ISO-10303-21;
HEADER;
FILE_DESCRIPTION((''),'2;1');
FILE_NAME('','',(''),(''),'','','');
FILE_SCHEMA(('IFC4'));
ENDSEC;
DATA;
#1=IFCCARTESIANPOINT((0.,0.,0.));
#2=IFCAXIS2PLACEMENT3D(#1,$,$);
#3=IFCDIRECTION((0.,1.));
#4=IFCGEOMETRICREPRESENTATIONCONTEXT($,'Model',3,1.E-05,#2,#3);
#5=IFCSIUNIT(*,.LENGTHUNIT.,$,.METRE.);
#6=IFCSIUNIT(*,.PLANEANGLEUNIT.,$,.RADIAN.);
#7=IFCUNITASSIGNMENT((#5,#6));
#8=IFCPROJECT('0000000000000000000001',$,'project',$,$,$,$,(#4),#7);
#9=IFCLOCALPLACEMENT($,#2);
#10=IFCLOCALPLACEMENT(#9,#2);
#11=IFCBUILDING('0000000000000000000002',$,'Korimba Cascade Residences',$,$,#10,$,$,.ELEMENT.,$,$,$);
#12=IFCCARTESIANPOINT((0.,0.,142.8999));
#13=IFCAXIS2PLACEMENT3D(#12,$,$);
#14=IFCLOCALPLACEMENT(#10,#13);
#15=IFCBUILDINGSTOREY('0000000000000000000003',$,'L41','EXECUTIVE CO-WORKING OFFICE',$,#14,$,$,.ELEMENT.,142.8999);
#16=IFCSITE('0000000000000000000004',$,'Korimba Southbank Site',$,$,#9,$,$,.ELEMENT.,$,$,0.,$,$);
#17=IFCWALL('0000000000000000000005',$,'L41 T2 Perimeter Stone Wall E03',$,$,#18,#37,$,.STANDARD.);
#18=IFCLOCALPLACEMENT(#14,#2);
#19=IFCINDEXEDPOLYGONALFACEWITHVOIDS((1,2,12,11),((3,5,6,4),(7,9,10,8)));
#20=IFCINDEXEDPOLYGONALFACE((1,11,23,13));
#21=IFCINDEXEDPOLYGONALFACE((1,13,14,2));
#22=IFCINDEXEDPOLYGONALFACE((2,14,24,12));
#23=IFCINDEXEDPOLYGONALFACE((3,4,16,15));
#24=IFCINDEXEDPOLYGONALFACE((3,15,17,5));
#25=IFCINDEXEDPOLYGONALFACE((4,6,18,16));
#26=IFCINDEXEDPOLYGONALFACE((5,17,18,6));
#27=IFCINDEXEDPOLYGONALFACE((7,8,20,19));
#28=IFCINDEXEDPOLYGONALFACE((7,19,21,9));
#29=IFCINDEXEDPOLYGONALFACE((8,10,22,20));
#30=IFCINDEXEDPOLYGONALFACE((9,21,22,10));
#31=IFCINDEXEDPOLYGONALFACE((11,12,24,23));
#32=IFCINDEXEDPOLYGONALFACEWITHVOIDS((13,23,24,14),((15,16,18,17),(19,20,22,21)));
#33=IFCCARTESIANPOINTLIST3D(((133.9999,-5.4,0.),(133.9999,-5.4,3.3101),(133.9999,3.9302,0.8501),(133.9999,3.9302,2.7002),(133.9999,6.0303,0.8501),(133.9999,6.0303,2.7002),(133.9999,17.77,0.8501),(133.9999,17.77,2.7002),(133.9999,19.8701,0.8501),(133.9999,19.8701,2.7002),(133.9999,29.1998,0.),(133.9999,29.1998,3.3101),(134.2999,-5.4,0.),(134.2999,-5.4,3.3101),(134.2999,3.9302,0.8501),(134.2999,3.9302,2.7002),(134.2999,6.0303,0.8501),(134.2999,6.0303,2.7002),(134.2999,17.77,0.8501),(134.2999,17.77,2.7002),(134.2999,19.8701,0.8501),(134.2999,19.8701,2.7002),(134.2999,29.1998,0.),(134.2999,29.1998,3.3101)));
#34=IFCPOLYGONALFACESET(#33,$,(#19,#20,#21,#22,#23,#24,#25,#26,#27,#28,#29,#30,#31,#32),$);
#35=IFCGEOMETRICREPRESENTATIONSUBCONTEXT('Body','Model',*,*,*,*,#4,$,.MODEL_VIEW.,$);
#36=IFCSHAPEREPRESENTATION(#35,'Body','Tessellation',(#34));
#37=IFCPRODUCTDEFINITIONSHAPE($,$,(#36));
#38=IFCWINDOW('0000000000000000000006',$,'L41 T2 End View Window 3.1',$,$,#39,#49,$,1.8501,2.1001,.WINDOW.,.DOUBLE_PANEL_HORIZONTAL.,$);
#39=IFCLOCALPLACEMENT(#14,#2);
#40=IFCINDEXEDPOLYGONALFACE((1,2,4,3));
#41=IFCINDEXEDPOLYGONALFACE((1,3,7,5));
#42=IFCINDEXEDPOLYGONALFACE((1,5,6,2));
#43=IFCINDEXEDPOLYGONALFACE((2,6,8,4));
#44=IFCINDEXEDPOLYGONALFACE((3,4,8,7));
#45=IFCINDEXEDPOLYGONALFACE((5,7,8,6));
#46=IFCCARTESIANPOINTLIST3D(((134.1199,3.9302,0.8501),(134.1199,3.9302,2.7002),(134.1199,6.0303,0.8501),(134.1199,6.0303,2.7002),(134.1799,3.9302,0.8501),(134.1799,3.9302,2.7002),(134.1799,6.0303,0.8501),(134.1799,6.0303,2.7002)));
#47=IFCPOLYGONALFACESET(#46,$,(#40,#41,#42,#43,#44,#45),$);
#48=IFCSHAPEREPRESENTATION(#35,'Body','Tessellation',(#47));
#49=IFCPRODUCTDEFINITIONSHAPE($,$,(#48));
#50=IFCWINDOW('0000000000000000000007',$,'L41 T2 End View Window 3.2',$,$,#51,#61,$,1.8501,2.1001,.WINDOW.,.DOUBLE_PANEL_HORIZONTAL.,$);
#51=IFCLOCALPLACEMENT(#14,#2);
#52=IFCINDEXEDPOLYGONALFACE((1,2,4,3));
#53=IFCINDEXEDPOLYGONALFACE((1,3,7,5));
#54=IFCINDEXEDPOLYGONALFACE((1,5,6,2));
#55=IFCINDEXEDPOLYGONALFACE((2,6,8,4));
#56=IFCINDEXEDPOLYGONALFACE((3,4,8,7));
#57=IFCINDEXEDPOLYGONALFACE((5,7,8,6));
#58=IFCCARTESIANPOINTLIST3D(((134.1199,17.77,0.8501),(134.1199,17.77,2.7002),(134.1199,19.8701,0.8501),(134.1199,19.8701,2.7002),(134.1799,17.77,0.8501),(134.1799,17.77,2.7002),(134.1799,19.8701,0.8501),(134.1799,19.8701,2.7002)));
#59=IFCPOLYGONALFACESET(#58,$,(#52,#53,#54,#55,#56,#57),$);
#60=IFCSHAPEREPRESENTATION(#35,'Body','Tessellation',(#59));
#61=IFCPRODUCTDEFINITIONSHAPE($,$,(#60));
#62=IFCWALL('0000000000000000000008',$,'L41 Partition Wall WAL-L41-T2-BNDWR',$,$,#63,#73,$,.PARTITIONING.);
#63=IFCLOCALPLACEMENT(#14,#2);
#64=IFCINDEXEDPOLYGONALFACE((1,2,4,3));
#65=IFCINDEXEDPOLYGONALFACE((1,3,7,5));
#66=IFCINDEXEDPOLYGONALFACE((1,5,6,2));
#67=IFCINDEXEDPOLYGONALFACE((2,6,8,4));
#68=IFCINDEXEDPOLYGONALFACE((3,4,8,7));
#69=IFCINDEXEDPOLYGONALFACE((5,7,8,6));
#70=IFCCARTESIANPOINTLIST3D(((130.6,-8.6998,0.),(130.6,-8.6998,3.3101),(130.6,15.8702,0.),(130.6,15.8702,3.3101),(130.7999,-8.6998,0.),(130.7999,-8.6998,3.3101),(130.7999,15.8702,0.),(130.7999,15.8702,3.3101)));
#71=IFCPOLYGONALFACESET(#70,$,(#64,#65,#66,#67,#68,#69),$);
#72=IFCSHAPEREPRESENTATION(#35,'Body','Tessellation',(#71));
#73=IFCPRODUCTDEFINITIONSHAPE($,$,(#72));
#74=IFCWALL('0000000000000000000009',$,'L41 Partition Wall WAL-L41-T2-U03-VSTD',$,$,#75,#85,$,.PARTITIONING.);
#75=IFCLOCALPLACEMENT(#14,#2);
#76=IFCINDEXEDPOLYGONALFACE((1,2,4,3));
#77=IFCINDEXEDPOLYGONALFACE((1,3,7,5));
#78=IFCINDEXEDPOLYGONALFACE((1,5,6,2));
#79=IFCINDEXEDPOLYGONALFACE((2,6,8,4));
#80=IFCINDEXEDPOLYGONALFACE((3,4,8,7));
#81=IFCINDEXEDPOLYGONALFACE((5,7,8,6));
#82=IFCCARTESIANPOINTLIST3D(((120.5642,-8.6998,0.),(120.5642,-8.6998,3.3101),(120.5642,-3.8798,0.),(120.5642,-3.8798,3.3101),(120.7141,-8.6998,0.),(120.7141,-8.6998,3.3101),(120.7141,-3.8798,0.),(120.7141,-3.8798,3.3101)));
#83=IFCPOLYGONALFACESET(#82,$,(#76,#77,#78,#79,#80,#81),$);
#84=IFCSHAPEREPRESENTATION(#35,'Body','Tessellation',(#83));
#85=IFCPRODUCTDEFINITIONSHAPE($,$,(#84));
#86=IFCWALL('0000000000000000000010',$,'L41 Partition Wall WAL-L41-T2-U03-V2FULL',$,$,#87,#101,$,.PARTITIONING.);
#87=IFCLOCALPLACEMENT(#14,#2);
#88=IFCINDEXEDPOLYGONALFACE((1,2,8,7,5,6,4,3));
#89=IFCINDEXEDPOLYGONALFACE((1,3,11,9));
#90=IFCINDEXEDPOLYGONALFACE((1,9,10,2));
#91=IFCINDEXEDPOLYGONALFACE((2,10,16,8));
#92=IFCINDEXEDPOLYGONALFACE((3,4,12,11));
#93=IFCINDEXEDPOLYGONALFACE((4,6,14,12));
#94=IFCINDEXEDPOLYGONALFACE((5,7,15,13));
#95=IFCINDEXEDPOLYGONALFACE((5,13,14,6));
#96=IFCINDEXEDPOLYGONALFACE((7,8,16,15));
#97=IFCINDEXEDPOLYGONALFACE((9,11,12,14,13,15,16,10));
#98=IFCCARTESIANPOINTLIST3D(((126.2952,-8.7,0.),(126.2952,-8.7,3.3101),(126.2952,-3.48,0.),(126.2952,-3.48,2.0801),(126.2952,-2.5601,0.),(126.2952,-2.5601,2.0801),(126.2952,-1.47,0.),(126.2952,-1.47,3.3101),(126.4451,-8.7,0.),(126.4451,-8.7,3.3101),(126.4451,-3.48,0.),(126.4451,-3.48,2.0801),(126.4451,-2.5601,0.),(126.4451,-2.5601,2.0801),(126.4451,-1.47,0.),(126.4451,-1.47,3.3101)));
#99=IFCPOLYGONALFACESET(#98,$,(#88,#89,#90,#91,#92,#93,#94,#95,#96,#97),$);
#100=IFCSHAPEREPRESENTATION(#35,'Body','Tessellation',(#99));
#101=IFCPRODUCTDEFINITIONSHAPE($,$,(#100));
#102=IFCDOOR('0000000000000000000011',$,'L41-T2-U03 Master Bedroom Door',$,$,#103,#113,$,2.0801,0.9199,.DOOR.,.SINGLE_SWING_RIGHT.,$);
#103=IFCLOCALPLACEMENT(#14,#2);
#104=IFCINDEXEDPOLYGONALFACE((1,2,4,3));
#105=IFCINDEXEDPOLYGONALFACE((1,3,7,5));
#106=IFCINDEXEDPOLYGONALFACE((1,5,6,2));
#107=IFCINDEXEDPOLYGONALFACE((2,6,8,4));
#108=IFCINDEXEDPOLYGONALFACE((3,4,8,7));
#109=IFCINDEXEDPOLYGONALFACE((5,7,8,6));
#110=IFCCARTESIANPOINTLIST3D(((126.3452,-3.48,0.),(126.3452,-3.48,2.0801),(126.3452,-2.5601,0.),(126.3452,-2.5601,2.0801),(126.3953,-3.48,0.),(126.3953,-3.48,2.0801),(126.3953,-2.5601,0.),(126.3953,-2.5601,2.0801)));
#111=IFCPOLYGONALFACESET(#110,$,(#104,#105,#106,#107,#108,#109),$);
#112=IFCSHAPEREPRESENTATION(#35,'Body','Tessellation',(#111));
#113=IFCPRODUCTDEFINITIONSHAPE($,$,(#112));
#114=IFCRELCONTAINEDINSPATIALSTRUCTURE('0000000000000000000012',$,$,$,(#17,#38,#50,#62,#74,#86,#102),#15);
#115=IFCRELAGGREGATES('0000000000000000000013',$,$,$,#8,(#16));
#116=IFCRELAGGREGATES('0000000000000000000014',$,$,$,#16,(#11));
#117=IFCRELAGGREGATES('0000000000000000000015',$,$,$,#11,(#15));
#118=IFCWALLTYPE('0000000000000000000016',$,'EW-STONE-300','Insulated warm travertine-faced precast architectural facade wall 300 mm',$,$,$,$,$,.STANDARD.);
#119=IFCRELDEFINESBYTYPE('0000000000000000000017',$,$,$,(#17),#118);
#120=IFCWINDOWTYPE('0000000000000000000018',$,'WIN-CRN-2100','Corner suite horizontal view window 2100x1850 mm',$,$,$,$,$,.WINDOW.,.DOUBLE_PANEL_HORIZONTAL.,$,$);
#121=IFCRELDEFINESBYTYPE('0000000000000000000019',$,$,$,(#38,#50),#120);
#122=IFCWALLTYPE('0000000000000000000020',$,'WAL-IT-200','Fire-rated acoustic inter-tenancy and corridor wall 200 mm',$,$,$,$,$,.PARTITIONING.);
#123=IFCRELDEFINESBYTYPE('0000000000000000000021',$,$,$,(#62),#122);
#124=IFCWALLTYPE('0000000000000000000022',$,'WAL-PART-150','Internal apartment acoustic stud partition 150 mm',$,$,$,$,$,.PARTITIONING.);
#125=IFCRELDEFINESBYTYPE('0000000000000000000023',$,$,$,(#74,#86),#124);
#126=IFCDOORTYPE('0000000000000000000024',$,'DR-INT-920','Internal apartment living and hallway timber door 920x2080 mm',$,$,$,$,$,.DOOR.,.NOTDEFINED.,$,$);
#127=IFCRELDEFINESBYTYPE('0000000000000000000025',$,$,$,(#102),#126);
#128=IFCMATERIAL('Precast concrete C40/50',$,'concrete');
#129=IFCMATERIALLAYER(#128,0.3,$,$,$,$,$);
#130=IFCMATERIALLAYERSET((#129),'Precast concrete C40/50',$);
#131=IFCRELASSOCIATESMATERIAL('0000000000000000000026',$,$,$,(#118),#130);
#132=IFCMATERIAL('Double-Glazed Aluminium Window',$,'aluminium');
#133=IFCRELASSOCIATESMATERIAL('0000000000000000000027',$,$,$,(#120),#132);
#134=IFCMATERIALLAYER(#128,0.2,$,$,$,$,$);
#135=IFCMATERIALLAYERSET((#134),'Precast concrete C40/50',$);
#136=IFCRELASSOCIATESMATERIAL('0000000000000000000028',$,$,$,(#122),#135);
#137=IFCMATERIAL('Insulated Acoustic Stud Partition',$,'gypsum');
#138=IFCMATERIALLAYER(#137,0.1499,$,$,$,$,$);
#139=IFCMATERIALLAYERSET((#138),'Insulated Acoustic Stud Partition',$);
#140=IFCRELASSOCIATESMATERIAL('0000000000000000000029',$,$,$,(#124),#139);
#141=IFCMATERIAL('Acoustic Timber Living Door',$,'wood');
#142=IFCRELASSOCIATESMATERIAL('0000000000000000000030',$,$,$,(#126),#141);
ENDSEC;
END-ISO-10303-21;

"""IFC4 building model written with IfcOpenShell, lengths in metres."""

from ifc_helpers import new_model, si_unit, direction, frame, frame_2d, origin, place, context, subcontext, project, spatial, rectangle, extrude, material, layer, layer_set, type_object, element, fill, save


model = new_model("IFC4")

# Units and contexts
model_context = context("Model", 3, precision=1e-05, world=origin(), true_north=direction((0.0, 1.0)))
body_context = subcontext(model_context, "Body", "Model", "MODEL_VIEW")
ifc_project = project(units=[si_unit("LENGTHUNIT", "METRE"), si_unit("PLANEANGLEUNIT", "RADIAN")], contexts=[model_context])

# Site, building, storey
site_placement = place(None, origin())
site = spatial("IfcSite", under=ifc_project, at=site_placement, Name="Korimba Southbank Site", CompositionType="ELEMENT", RefElevation=0.0)
building_placement = place(site_placement, origin())
building = spatial("IfcBuilding", under=site, at=building_placement, Name="Korimba Cascade Residences", CompositionType="ELEMENT")
storey_placement = place(building_placement, frame((0.0, 0.0, 142.8999)))
storey = spatial("IfcBuildingStorey", under=building, at=storey_placement, Name="L41", Description="EXECUTIVE CO-WORKING OFFICE", CompositionType="ELEMENT", Elevation=142.8999)

# Shared definitions
ifc_material_1 = material(Name="Precast concrete C40/50", Category="concrete")
ifc_layer_1 = layer(ifc_material_1, 0.3)
ifc_layer_set_1 = layer_set([ifc_layer_1], Name="Precast concrete C40/50")
wall_type_1 = type_object("IfcWallType", Name="EW-STONE-300", Description="Insulated warm travertine-faced precast architectural facade wall 300 mm", PredefinedType="STANDARD", material=ifc_layer_set_1)

# Wall, openings, windows
wall_1_placement = place(storey_placement, frame((134.1499, -5.3999, 0.0), z_axis=(0.0, 0.0, 1.0), x_axis=(0.0, 1.0, 0.0)))
wall_1 = element("IfcWall", 1, at=wall_1_placement, inside=storey, type_object=wall_type_1, Name="L41 T2 Perimeter Stone Wall E03", PredefinedType="STANDARD", context=body_context, shape_type="SweptSolid", body=[
    extrude(rectangle(XDim=34.5999, YDim=0.3, at=frame_2d((17.2998, 0.0))), origin(), (0.0, 0.0, 1.0), 3.3101),
])
opening_1_placement = place(wall_1_placement, frame((9.3301, 0.0, 0.8501)))
opening_1 = element("IfcOpeningElement", 2, at=opening_1_placement, cuts=wall_1, PredefinedType="OPENING", context=body_context, shape_type="SweptSolid", body=[
    extrude(rectangle(XDim=2.1001, YDim=1.8501, at=frame_2d((1.05, 0.925))), frame((0.0, 0.1602, 0.0), z_axis=(0.0, -1.0, 0.0), x_axis=(1.0, 0.0, 0.0)), (0.0, 0.0, 1.0), 0.3201),
])
opening_2_placement = place(wall_1_placement, frame((23.1699, 0.0, 0.8501)))
opening_2 = element("IfcOpeningElement", 3, at=opening_2_placement, cuts=wall_1, PredefinedType="OPENING", context=body_context, shape_type="SweptSolid", body=[
    extrude(rectangle(XDim=2.1001, YDim=1.8501, at=frame_2d((1.05, 0.925))), frame((0.0, 0.1602, 0.0), z_axis=(0.0, -1.0, 0.0), x_axis=(1.0, 0.0, 0.0)), (0.0, 0.0, 1.0), 0.3201),
])
ifc_material_2 = material(Name="Double-Glazed Aluminium Window", Category="aluminium")
window_type = type_object("IfcWindowType", Name="WIN-CRN-2100", Description="Corner suite horizontal view window 2100x1850 mm", PartitioningType="DOUBLE_PANEL_HORIZONTAL", PredefinedType="WINDOW", material=ifc_material_2)
window_1_placement = place(opening_1_placement, origin())
window_1 = element("IfcWindow", 4, at=window_1_placement, inside=storey, type_object=window_type, Name="L41 T2 End View Window 3.1", OverallHeight=1.8501, OverallWidth=2.1001, PartitioningType="DOUBLE_PANEL_HORIZONTAL", PredefinedType="WINDOW", context=body_context, shape_type="SweptSolid", body=[
    extrude(rectangle(XDim=2.1001, YDim=1.8501, at=frame_2d((1.05, 0.925))), frame((0.0, 0.03, 0.0), z_axis=(0.0, -1.0, 0.0), x_axis=(1.0, 0.0, 0.0)), (0.0, 0.0, 1.0), 0.0601),
])
fill(opening_1, window_1)
window_2_placement = place(opening_2_placement, origin())
window_2 = element("IfcWindow", 5, at=window_2_placement, inside=storey, type_object=window_type, Name="L41 T2 End View Window 3.2", OverallHeight=1.8501, OverallWidth=2.1001, PartitioningType="DOUBLE_PANEL_HORIZONTAL", PredefinedType="WINDOW", context=body_context, shape_type="SweptSolid", body=[
    extrude(rectangle(XDim=2.1001, YDim=1.8501, at=frame_2d((1.05, 0.925))), frame((0.0, 0.03, 0.0), z_axis=(0.0, -1.0, 0.0), x_axis=(1.0, 0.0, 0.0)), (0.0, 0.0, 1.0), 0.0601),
])
fill(opening_2, window_2)

# Walls
ifc_layer_2 = layer(ifc_material_1, 0.2)
ifc_layer_set_2 = layer_set([ifc_layer_2], Name="Precast concrete C40/50")
wall_type_2 = type_object("IfcWallType", Name="WAL-IT-200", Description="Fire-rated acoustic inter-tenancy and corridor wall 200 mm", PredefinedType="PARTITIONING", material=ifc_layer_set_2)
wall_2_placement = place(storey_placement, frame((130.7, -8.7, 0.0), z_axis=(0.0, 0.0, 1.0), x_axis=(0.0, 1.0, 0.0)))
element("IfcWall", 6, at=wall_2_placement, inside=storey, type_object=wall_type_2, Name="L41 Partition Wall WAL-L41-T2-BNDWR", PredefinedType="PARTITIONING", context=body_context, shape_type="SweptSolid", body=[
    extrude(rectangle(XDim=24.5701, YDim=0.2, at=frame_2d((12.2852, 0.0))), origin(), (0.0, 0.0, 1.0), 3.3101),
])
ifc_material_3 = material(Name="Insulated Acoustic Stud Partition", Category="gypsum")
ifc_layer_3 = layer(ifc_material_3, 0.1499)
ifc_layer_set_3 = layer_set([ifc_layer_3], Name="Insulated Acoustic Stud Partition")
wall_type_3 = type_object("IfcWallType", Name="WAL-PART-150", Description="Internal apartment acoustic stud partition 150 mm", PredefinedType="PARTITIONING", material=ifc_layer_set_3)
wall_3_placement = place(storey_placement, frame((120.6392, -8.7, 0.0), z_axis=(0.0, 0.0, 1.0), x_axis=(0.0, 1.0, 0.0)))
element("IfcWall", 7, at=wall_3_placement, inside=storey, type_object=wall_type_3, Name="L41 Partition Wall WAL-L41-T2-U03-VSTD", PredefinedType="PARTITIONING", context=body_context, shape_type="SweptSolid", body=[
    extrude(rectangle(XDim=4.8201, YDim=0.1499, at=frame_2d((2.4102, 0.0))), origin(), (0.0, 0.0, 1.0), 3.3101),
])

# Wall, opening, door
wall_4_placement = place(storey_placement, frame((126.3701, -8.7, 0.0), z_axis=(0.0, 0.0, 1.0), x_axis=(0.0, 1.0, 0.0)))
wall_4 = element("IfcWall", 8, at=wall_4_placement, inside=storey, type_object=wall_type_3, Name="L41 Partition Wall WAL-L41-T2-U03-V2FULL", PredefinedType="PARTITIONING", context=body_context, shape_type="SweptSolid", body=[
    extrude(rectangle(XDim=7.23, YDim=0.1499, at=frame_2d((3.615, 0.0))), origin(), (0.0, 0.0, 1.0), 3.3101),
])
opening_3_placement = place(wall_4_placement, frame((5.22, 0.0, 0.0)))
opening_3 = element("IfcOpeningElement", 9, at=opening_3_placement, cuts=wall_4, PredefinedType="OPENING", context=body_context, shape_type="SweptSolid", body=[
    extrude(rectangle(XDim=0.9199, YDim=2.0801, at=frame_2d((0.46, 1.04))), frame((0.0, 0.085, 0.0), z_axis=(0.0, -1.0, 0.0), x_axis=(1.0, 0.0, 0.0)), (0.0, 0.0, 1.0), 0.1699),
])
ifc_material_4 = material(Name="Acoustic Timber Living Door", Category="wood")
door_type = type_object("IfcDoorType", Name="DR-INT-920", Description="Internal apartment living and hallway timber door 920x2080 mm", OperationType="NOTDEFINED", PredefinedType="DOOR", material=ifc_material_4)
door_placement = place(opening_3_placement, origin())
door = element("IfcDoor", 10, at=door_placement, inside=storey, type_object=door_type, Name="L41-T2-U03 Master Bedroom Door", OperationType="SINGLE_SWING_RIGHT", OverallHeight=2.0801, OverallWidth=0.9199, PredefinedType="DOOR", context=body_context, shape_type="SweptSolid", body=[
    extrude(rectangle(XDim=0.9199, YDim=2.0801, at=frame_2d((0.46, 1.04))), frame((0.0, 0.0249, 0.0), z_axis=(0.0, -1.0, 0.0), x_axis=(1.0, 0.0, 0.0)), (0.0, 0.0, 1.0), 0.05),
])
fill(opening_3, door)

save(model, "model.ifc")
